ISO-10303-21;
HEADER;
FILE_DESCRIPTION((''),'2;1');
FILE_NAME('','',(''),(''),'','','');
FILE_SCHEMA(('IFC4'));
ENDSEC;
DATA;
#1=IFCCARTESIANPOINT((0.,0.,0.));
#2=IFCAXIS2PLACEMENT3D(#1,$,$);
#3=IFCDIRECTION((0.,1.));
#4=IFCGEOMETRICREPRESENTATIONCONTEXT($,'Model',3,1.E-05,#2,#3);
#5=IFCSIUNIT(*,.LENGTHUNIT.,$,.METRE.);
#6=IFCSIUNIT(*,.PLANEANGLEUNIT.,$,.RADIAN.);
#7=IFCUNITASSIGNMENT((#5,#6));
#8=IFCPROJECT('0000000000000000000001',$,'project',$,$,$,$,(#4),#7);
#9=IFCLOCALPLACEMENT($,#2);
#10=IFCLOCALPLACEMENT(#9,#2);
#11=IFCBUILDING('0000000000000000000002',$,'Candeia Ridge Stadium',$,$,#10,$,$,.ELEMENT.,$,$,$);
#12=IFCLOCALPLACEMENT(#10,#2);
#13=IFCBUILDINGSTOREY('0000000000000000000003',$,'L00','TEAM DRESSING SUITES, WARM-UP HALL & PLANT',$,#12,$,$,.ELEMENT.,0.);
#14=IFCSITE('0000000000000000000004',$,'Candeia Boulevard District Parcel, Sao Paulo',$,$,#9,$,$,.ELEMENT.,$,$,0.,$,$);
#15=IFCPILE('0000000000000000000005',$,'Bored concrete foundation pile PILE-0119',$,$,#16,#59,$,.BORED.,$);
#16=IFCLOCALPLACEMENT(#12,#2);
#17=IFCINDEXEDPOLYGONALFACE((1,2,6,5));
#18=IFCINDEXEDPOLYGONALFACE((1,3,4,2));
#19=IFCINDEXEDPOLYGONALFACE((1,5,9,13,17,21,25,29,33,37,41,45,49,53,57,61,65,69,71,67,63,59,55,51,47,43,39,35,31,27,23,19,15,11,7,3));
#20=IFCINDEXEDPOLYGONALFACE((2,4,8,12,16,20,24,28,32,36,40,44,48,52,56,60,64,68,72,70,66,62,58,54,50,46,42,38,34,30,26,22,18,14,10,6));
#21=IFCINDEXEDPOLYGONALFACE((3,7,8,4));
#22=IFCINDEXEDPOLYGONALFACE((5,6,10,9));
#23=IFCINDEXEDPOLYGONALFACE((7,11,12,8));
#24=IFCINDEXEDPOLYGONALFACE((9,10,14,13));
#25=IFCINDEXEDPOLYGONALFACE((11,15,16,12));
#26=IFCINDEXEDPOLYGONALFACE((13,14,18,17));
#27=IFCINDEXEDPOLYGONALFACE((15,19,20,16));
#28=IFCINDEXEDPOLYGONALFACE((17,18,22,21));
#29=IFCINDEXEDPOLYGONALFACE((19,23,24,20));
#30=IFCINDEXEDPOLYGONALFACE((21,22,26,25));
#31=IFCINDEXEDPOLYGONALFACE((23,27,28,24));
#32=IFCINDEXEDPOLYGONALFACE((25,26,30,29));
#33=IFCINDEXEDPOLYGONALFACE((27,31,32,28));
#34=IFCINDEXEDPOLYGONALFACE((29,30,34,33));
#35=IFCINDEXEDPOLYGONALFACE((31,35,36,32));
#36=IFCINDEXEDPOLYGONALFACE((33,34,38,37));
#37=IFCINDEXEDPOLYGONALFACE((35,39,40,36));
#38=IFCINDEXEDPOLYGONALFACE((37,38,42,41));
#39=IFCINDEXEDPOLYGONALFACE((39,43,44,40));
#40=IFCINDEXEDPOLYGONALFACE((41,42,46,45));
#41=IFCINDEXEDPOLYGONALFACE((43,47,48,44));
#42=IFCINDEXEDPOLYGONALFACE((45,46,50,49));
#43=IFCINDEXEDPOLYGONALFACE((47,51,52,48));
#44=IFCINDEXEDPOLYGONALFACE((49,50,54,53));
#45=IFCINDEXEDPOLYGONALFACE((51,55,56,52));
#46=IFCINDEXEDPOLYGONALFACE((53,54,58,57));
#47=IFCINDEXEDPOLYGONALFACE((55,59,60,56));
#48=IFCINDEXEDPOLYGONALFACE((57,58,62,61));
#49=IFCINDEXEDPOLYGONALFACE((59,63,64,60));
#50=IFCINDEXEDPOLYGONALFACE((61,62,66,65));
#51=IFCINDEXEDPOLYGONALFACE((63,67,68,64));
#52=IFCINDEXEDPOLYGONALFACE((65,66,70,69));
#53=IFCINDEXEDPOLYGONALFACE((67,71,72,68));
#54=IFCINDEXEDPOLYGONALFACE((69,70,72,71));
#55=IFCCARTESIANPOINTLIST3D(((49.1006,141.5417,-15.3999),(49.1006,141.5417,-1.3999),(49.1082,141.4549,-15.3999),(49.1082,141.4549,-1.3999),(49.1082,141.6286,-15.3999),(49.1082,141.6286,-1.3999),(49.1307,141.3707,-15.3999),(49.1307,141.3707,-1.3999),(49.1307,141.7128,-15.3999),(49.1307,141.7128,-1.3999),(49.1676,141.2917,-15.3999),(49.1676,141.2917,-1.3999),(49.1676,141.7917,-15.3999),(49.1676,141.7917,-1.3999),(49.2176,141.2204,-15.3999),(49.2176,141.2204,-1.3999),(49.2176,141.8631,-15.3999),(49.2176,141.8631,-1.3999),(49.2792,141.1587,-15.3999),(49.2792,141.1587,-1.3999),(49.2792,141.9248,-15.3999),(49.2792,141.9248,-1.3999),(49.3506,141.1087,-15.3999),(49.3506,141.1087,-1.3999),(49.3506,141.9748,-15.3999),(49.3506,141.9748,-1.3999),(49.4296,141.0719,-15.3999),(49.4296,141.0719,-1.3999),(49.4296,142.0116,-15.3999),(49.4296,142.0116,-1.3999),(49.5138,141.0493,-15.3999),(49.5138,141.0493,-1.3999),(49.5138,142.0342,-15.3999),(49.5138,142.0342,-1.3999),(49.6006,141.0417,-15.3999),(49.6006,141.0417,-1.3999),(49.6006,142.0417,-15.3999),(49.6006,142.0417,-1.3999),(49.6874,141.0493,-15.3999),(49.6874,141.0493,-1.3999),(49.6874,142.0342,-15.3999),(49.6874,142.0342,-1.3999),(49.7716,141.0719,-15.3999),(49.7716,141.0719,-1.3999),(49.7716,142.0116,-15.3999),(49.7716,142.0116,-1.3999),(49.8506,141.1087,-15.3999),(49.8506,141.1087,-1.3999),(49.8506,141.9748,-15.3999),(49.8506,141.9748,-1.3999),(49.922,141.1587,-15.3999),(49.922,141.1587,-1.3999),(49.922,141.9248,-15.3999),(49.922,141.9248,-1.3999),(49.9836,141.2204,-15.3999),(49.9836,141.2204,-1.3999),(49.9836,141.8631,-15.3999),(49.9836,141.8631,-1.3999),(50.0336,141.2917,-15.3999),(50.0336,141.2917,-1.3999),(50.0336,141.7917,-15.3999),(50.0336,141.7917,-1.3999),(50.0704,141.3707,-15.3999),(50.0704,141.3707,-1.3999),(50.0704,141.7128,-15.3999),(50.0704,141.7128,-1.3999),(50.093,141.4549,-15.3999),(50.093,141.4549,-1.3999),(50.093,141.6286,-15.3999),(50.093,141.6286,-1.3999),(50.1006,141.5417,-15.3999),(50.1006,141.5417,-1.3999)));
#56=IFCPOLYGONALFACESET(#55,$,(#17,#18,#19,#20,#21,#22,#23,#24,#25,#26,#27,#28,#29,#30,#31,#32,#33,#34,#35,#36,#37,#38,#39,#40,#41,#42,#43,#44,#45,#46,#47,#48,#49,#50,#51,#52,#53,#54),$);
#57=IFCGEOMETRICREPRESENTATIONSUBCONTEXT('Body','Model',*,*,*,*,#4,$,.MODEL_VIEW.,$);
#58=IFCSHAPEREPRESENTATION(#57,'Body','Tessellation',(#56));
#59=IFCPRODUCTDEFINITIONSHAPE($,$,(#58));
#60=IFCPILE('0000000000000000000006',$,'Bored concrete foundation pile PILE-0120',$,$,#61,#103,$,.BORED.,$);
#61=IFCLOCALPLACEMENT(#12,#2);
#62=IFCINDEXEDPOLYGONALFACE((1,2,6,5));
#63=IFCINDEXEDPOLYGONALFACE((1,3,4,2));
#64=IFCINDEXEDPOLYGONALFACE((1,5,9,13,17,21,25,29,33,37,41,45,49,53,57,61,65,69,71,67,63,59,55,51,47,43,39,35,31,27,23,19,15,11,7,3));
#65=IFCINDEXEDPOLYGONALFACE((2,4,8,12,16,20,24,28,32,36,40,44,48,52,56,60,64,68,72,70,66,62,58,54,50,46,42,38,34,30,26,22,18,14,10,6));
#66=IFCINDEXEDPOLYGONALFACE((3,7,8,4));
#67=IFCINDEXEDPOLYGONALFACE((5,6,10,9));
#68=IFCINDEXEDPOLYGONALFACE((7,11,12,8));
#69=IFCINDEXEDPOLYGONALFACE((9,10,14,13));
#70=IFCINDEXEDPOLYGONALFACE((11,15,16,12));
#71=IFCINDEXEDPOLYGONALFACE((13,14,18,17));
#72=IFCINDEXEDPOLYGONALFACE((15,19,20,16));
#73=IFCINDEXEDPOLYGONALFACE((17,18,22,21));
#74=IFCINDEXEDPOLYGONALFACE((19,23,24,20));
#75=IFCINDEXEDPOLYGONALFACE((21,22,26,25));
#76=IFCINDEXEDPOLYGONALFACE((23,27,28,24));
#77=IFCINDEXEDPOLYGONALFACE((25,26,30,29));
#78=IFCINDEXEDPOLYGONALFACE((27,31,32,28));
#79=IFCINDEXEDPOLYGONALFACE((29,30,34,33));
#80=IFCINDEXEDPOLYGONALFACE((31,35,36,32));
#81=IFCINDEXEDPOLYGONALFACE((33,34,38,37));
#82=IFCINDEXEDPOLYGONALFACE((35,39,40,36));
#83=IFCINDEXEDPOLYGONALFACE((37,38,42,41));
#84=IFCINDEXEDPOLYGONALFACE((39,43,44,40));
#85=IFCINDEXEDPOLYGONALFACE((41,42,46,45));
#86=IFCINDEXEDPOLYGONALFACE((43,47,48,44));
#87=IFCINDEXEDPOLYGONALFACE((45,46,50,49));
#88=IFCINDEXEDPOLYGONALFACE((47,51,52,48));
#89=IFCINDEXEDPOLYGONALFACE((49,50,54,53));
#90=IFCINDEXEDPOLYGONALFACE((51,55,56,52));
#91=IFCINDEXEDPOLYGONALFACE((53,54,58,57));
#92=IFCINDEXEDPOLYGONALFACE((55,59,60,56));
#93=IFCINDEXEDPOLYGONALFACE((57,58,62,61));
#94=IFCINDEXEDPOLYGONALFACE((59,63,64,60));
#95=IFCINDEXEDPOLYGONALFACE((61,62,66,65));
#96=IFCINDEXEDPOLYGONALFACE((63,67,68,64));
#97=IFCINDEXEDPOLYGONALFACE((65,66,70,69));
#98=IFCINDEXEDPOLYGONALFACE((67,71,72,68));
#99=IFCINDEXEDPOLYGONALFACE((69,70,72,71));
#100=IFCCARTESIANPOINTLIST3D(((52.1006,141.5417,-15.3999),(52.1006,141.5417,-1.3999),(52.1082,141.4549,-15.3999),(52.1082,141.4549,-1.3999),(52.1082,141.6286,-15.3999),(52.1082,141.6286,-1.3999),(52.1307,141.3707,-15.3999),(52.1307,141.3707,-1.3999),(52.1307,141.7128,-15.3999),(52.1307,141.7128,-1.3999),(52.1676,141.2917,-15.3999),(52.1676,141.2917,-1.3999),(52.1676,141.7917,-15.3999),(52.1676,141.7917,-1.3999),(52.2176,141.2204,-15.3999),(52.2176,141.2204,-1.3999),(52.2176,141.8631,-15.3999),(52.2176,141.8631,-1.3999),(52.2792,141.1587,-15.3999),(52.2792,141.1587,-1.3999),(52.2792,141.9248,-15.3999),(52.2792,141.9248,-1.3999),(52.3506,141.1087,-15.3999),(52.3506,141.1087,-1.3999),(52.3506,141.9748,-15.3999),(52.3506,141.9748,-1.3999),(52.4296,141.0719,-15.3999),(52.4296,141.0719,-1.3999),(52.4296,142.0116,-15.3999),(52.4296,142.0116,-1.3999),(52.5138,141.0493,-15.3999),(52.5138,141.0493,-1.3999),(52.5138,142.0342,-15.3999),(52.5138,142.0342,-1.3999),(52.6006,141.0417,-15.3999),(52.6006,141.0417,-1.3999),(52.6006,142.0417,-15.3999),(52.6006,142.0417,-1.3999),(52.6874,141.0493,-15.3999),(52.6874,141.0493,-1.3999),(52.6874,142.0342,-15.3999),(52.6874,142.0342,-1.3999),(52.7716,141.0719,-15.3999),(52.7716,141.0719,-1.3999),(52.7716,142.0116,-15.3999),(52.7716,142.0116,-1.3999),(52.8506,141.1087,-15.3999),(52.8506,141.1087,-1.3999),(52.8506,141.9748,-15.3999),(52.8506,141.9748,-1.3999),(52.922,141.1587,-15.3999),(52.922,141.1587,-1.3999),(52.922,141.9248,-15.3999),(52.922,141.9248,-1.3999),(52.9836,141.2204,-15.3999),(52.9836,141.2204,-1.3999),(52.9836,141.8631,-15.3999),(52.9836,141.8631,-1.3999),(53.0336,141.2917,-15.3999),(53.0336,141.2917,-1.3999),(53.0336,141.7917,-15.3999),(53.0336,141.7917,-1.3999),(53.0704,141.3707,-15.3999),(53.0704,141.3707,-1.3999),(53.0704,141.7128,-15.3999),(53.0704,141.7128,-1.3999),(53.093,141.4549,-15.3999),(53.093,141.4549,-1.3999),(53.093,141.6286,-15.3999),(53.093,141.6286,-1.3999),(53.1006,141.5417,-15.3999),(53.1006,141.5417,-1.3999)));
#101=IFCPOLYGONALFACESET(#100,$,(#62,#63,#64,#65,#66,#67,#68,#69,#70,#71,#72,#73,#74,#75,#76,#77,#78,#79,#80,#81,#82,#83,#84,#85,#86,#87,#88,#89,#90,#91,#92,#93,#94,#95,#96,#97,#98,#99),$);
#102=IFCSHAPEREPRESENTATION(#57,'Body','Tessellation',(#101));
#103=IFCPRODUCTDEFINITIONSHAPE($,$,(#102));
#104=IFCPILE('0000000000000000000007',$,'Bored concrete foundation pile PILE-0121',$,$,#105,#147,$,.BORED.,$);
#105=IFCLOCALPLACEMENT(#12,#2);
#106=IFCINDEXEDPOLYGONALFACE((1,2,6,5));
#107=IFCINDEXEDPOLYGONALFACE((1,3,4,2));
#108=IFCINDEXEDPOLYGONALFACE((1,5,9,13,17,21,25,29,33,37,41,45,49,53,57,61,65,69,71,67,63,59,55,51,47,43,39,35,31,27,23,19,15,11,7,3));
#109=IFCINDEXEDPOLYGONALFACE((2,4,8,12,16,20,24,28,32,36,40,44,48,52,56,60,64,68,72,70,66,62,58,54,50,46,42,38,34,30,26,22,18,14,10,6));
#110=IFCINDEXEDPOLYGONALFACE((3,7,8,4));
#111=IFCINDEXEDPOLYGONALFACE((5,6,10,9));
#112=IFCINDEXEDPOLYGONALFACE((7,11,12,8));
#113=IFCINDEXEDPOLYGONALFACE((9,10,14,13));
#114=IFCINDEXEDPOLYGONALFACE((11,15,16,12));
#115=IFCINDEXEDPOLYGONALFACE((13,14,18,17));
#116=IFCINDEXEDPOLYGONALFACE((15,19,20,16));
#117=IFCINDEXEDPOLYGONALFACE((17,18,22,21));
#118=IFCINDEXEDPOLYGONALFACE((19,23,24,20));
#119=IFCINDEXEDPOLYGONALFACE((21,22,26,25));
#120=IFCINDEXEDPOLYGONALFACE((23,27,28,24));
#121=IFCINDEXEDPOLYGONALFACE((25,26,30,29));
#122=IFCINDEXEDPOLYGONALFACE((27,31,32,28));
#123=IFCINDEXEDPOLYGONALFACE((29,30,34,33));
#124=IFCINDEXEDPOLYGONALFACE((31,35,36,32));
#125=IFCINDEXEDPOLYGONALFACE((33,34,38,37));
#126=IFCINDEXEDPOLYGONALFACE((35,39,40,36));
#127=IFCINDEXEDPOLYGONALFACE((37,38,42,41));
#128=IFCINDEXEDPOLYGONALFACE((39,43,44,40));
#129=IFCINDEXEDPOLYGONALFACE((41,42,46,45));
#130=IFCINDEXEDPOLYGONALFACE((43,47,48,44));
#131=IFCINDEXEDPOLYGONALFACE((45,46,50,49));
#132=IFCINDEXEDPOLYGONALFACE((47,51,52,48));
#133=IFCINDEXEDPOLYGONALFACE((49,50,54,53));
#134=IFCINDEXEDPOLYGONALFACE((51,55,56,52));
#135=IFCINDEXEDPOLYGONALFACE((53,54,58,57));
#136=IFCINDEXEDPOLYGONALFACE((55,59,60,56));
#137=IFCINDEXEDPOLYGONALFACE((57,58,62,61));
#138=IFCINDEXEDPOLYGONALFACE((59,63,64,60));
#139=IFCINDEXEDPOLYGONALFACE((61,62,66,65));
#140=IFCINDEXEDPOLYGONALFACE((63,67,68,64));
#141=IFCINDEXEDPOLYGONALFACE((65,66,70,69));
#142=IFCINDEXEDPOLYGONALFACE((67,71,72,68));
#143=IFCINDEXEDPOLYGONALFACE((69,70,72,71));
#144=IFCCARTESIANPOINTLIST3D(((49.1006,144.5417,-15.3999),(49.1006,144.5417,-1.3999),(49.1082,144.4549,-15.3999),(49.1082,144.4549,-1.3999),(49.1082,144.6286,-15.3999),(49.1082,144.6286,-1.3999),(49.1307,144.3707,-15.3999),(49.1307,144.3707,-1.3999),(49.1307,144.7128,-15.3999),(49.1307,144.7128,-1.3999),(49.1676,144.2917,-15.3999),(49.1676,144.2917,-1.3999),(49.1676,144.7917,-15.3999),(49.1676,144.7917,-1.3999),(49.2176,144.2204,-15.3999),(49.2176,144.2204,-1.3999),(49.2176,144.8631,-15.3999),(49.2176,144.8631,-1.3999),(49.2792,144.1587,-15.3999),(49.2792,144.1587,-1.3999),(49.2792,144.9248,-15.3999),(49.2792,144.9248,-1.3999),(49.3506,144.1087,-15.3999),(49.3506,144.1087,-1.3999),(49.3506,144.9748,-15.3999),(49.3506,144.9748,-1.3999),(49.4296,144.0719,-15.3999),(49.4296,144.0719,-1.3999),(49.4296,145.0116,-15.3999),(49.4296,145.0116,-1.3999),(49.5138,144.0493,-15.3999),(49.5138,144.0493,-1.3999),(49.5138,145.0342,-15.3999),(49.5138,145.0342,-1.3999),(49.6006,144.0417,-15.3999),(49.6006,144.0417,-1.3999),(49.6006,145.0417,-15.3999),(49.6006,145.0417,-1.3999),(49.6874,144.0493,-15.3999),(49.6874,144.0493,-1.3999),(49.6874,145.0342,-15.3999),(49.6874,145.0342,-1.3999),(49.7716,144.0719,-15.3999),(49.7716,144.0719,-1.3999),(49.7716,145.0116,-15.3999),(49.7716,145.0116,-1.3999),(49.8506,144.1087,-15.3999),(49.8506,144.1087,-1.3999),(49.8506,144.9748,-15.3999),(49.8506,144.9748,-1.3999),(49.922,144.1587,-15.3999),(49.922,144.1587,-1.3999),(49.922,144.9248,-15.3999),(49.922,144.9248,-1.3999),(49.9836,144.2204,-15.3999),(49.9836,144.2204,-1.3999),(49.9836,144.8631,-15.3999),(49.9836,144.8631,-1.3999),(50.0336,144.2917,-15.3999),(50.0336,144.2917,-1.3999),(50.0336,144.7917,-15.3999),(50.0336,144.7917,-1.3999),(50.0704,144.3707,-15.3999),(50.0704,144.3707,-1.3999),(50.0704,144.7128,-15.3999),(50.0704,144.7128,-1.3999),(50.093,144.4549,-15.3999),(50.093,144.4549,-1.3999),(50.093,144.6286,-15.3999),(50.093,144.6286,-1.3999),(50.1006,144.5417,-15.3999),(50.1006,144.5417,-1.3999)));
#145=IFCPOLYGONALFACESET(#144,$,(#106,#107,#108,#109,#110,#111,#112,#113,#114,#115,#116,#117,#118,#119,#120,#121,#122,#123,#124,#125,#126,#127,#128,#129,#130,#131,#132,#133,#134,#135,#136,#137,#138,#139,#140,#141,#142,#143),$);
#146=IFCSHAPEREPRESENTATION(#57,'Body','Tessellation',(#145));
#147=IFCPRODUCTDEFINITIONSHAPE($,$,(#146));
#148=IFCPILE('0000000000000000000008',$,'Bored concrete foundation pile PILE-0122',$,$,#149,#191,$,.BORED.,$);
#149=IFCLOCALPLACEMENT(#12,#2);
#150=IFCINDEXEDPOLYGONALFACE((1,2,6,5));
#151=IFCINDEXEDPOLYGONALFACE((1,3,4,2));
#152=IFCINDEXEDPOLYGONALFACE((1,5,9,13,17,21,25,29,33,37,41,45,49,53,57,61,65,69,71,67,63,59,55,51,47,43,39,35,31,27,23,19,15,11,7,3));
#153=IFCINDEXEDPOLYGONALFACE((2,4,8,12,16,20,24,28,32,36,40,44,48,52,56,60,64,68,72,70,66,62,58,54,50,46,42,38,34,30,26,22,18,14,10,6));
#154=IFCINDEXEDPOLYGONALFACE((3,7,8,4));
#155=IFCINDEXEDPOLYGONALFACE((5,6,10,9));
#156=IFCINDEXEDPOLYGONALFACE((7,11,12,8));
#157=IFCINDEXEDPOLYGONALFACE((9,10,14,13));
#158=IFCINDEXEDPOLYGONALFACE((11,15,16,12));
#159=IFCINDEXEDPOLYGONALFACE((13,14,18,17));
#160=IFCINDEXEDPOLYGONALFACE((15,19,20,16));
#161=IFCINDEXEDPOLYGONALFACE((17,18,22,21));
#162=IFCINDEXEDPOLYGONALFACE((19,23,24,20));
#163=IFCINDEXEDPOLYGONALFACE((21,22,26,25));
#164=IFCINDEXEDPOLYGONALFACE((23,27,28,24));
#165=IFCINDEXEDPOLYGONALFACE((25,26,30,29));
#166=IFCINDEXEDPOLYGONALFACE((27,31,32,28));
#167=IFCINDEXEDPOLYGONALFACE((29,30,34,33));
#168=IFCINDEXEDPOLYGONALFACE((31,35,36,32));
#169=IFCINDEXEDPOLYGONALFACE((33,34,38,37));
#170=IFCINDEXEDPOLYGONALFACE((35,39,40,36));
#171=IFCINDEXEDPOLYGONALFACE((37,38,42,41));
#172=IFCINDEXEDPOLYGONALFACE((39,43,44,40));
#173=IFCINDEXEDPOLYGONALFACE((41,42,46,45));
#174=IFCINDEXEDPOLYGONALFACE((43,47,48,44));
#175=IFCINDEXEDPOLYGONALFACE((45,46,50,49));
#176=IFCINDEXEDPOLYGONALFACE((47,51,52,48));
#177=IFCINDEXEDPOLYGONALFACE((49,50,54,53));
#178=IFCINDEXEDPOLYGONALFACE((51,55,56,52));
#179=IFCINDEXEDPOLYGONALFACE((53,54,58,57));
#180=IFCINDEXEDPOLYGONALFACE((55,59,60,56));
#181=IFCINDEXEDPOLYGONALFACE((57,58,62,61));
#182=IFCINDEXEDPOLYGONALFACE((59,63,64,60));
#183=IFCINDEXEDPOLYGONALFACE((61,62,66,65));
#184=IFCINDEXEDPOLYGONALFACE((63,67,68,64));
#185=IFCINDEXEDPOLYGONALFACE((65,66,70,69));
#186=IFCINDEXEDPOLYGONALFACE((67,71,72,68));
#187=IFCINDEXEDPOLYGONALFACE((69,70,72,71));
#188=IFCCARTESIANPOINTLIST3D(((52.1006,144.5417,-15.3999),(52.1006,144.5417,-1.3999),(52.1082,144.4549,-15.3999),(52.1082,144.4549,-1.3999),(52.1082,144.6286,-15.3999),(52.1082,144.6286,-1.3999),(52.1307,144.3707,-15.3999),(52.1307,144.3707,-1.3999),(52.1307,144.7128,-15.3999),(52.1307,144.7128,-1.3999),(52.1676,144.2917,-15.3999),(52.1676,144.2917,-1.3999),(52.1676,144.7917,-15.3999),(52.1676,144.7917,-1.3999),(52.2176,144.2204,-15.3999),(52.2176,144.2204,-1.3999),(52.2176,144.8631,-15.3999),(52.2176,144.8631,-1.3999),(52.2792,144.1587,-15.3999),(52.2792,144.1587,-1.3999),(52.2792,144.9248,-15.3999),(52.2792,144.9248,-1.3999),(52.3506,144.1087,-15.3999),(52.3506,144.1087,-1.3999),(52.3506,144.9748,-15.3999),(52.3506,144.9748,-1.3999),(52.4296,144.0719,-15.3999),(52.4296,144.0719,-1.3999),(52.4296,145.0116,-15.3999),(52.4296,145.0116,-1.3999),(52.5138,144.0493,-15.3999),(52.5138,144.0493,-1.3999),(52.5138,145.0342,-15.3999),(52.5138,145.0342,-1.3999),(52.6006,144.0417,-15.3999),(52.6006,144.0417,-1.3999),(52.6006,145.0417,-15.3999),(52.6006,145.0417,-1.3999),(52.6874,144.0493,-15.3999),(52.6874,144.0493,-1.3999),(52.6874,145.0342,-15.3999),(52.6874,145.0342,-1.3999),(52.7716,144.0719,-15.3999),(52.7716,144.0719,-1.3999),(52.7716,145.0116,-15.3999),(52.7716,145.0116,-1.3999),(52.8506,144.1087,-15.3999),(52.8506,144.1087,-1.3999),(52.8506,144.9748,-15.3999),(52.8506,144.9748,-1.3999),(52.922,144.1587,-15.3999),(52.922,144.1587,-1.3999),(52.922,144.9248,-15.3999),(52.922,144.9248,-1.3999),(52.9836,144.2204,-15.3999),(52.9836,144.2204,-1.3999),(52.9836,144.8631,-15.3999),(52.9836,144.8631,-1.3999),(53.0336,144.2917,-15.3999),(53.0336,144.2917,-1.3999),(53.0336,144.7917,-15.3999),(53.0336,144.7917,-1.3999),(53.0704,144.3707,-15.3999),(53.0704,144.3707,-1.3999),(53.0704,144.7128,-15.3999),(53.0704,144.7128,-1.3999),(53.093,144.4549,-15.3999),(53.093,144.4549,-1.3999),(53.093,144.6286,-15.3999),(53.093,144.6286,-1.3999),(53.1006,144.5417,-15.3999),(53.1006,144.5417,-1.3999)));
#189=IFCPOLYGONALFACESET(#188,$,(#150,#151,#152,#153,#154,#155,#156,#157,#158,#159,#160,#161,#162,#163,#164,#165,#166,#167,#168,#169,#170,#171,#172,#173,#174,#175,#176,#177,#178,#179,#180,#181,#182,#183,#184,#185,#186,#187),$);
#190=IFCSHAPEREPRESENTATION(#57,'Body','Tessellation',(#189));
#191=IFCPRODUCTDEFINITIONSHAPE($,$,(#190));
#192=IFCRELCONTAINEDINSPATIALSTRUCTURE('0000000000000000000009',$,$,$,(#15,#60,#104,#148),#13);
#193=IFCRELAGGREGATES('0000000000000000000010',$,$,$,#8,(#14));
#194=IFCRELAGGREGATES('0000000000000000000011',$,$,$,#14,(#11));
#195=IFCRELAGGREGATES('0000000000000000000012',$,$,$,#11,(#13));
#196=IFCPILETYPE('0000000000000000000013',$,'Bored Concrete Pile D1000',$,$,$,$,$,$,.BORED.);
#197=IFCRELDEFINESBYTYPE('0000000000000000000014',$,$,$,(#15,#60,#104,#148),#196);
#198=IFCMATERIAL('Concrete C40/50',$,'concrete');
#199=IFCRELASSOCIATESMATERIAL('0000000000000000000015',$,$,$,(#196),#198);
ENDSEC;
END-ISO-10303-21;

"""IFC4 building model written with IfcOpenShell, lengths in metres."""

from ifc_helpers import new_model, si_unit, direction, frame, origin, origin_2d, place, context, subcontext, project, spatial, circle, extrude, material, material_profile, profile_set, type_object, element, save


model = new_model("IFC4")

# Units and contexts
model_context = context("Model", 3, precision=1e-05, world=origin(), true_north=direction((0.0, 1.0)))
body_context = subcontext(model_context, "Body", "Model", "MODEL_VIEW")
ifc_project = project(units=[si_unit("LENGTHUNIT", "METRE"), si_unit("PLANEANGLEUNIT", "RADIAN")], contexts=[model_context])

# Site, building, storey
site_placement = place(None, origin())
site = spatial("IfcSite", under=ifc_project, at=site_placement, Name="Candeia Boulevard District Parcel, Sao Paulo", CompositionType="ELEMENT", RefElevation=0.0)
building_placement = place(site_placement, origin())
building = spatial("IfcBuilding", under=site, at=building_placement, Name="Candeia Ridge Stadium", CompositionType="ELEMENT")
storey_placement = place(building_placement, origin())
storey = spatial("IfcBuildingStorey", under=building, at=storey_placement, Name="L00", Description="TEAM DRESSING SUITES, WARM-UP HALL & PLANT", CompositionType="ELEMENT", Elevation=0.0)

# Piles
ifc_material_1 = material(Name="Concrete C40/50", Category="concrete")
ifc_material_profile_1 = material_profile(ifc_material_1, circle(Radius=0.5, at=origin_2d()), Name="PILE-D1000", Category="concrete")
ifc_profile_set_1 = profile_set([ifc_material_profile_1], Name="Concrete C40/50")
pile_type_1 = type_object("IfcPileType", Name="Bored Concrete Pile D1000", PredefinedType="BORED", material=ifc_profile_set_1)
for number, where, z_axis, x_axis, name in (
    (1, (49.6006, 141.5417, -1.3999), (0.0, 0.0, -1.0), (1.0, 0.0, 0.0), "Bored concrete foundation pile PILE-0119"),
    (2, (52.6006, 141.5417, -1.3999), (0.0, 0.0, -1.0), (1.0, 0.0, 0.0), "Bored concrete foundation pile PILE-0120"),
    (3, (49.6006, 144.5417, -1.3999), (0.0, 0.0, -1.0), (1.0, 0.0, 0.0), "Bored concrete foundation pile PILE-0121"),
    (4, (52.6006, 144.5417, -1.3999), (0.0, 0.0, -1.0), (1.0, 0.0, 0.0), "Bored concrete foundation pile PILE-0122"),
):
    element("IfcPile", number, at=place(storey_placement, frame(where, z_axis=z_axis, x_axis=x_axis)), inside=storey, type_object=pile_type_1, Name=name, PredefinedType="BORED", context=body_context, shape_type="SweptSolid", body=[
        extrude(circle(Radius=0.5, at=origin_2d()), origin(), (0.0, 0.0, 1.0), 14.0),
    ])

save(model, "model.ifc")
